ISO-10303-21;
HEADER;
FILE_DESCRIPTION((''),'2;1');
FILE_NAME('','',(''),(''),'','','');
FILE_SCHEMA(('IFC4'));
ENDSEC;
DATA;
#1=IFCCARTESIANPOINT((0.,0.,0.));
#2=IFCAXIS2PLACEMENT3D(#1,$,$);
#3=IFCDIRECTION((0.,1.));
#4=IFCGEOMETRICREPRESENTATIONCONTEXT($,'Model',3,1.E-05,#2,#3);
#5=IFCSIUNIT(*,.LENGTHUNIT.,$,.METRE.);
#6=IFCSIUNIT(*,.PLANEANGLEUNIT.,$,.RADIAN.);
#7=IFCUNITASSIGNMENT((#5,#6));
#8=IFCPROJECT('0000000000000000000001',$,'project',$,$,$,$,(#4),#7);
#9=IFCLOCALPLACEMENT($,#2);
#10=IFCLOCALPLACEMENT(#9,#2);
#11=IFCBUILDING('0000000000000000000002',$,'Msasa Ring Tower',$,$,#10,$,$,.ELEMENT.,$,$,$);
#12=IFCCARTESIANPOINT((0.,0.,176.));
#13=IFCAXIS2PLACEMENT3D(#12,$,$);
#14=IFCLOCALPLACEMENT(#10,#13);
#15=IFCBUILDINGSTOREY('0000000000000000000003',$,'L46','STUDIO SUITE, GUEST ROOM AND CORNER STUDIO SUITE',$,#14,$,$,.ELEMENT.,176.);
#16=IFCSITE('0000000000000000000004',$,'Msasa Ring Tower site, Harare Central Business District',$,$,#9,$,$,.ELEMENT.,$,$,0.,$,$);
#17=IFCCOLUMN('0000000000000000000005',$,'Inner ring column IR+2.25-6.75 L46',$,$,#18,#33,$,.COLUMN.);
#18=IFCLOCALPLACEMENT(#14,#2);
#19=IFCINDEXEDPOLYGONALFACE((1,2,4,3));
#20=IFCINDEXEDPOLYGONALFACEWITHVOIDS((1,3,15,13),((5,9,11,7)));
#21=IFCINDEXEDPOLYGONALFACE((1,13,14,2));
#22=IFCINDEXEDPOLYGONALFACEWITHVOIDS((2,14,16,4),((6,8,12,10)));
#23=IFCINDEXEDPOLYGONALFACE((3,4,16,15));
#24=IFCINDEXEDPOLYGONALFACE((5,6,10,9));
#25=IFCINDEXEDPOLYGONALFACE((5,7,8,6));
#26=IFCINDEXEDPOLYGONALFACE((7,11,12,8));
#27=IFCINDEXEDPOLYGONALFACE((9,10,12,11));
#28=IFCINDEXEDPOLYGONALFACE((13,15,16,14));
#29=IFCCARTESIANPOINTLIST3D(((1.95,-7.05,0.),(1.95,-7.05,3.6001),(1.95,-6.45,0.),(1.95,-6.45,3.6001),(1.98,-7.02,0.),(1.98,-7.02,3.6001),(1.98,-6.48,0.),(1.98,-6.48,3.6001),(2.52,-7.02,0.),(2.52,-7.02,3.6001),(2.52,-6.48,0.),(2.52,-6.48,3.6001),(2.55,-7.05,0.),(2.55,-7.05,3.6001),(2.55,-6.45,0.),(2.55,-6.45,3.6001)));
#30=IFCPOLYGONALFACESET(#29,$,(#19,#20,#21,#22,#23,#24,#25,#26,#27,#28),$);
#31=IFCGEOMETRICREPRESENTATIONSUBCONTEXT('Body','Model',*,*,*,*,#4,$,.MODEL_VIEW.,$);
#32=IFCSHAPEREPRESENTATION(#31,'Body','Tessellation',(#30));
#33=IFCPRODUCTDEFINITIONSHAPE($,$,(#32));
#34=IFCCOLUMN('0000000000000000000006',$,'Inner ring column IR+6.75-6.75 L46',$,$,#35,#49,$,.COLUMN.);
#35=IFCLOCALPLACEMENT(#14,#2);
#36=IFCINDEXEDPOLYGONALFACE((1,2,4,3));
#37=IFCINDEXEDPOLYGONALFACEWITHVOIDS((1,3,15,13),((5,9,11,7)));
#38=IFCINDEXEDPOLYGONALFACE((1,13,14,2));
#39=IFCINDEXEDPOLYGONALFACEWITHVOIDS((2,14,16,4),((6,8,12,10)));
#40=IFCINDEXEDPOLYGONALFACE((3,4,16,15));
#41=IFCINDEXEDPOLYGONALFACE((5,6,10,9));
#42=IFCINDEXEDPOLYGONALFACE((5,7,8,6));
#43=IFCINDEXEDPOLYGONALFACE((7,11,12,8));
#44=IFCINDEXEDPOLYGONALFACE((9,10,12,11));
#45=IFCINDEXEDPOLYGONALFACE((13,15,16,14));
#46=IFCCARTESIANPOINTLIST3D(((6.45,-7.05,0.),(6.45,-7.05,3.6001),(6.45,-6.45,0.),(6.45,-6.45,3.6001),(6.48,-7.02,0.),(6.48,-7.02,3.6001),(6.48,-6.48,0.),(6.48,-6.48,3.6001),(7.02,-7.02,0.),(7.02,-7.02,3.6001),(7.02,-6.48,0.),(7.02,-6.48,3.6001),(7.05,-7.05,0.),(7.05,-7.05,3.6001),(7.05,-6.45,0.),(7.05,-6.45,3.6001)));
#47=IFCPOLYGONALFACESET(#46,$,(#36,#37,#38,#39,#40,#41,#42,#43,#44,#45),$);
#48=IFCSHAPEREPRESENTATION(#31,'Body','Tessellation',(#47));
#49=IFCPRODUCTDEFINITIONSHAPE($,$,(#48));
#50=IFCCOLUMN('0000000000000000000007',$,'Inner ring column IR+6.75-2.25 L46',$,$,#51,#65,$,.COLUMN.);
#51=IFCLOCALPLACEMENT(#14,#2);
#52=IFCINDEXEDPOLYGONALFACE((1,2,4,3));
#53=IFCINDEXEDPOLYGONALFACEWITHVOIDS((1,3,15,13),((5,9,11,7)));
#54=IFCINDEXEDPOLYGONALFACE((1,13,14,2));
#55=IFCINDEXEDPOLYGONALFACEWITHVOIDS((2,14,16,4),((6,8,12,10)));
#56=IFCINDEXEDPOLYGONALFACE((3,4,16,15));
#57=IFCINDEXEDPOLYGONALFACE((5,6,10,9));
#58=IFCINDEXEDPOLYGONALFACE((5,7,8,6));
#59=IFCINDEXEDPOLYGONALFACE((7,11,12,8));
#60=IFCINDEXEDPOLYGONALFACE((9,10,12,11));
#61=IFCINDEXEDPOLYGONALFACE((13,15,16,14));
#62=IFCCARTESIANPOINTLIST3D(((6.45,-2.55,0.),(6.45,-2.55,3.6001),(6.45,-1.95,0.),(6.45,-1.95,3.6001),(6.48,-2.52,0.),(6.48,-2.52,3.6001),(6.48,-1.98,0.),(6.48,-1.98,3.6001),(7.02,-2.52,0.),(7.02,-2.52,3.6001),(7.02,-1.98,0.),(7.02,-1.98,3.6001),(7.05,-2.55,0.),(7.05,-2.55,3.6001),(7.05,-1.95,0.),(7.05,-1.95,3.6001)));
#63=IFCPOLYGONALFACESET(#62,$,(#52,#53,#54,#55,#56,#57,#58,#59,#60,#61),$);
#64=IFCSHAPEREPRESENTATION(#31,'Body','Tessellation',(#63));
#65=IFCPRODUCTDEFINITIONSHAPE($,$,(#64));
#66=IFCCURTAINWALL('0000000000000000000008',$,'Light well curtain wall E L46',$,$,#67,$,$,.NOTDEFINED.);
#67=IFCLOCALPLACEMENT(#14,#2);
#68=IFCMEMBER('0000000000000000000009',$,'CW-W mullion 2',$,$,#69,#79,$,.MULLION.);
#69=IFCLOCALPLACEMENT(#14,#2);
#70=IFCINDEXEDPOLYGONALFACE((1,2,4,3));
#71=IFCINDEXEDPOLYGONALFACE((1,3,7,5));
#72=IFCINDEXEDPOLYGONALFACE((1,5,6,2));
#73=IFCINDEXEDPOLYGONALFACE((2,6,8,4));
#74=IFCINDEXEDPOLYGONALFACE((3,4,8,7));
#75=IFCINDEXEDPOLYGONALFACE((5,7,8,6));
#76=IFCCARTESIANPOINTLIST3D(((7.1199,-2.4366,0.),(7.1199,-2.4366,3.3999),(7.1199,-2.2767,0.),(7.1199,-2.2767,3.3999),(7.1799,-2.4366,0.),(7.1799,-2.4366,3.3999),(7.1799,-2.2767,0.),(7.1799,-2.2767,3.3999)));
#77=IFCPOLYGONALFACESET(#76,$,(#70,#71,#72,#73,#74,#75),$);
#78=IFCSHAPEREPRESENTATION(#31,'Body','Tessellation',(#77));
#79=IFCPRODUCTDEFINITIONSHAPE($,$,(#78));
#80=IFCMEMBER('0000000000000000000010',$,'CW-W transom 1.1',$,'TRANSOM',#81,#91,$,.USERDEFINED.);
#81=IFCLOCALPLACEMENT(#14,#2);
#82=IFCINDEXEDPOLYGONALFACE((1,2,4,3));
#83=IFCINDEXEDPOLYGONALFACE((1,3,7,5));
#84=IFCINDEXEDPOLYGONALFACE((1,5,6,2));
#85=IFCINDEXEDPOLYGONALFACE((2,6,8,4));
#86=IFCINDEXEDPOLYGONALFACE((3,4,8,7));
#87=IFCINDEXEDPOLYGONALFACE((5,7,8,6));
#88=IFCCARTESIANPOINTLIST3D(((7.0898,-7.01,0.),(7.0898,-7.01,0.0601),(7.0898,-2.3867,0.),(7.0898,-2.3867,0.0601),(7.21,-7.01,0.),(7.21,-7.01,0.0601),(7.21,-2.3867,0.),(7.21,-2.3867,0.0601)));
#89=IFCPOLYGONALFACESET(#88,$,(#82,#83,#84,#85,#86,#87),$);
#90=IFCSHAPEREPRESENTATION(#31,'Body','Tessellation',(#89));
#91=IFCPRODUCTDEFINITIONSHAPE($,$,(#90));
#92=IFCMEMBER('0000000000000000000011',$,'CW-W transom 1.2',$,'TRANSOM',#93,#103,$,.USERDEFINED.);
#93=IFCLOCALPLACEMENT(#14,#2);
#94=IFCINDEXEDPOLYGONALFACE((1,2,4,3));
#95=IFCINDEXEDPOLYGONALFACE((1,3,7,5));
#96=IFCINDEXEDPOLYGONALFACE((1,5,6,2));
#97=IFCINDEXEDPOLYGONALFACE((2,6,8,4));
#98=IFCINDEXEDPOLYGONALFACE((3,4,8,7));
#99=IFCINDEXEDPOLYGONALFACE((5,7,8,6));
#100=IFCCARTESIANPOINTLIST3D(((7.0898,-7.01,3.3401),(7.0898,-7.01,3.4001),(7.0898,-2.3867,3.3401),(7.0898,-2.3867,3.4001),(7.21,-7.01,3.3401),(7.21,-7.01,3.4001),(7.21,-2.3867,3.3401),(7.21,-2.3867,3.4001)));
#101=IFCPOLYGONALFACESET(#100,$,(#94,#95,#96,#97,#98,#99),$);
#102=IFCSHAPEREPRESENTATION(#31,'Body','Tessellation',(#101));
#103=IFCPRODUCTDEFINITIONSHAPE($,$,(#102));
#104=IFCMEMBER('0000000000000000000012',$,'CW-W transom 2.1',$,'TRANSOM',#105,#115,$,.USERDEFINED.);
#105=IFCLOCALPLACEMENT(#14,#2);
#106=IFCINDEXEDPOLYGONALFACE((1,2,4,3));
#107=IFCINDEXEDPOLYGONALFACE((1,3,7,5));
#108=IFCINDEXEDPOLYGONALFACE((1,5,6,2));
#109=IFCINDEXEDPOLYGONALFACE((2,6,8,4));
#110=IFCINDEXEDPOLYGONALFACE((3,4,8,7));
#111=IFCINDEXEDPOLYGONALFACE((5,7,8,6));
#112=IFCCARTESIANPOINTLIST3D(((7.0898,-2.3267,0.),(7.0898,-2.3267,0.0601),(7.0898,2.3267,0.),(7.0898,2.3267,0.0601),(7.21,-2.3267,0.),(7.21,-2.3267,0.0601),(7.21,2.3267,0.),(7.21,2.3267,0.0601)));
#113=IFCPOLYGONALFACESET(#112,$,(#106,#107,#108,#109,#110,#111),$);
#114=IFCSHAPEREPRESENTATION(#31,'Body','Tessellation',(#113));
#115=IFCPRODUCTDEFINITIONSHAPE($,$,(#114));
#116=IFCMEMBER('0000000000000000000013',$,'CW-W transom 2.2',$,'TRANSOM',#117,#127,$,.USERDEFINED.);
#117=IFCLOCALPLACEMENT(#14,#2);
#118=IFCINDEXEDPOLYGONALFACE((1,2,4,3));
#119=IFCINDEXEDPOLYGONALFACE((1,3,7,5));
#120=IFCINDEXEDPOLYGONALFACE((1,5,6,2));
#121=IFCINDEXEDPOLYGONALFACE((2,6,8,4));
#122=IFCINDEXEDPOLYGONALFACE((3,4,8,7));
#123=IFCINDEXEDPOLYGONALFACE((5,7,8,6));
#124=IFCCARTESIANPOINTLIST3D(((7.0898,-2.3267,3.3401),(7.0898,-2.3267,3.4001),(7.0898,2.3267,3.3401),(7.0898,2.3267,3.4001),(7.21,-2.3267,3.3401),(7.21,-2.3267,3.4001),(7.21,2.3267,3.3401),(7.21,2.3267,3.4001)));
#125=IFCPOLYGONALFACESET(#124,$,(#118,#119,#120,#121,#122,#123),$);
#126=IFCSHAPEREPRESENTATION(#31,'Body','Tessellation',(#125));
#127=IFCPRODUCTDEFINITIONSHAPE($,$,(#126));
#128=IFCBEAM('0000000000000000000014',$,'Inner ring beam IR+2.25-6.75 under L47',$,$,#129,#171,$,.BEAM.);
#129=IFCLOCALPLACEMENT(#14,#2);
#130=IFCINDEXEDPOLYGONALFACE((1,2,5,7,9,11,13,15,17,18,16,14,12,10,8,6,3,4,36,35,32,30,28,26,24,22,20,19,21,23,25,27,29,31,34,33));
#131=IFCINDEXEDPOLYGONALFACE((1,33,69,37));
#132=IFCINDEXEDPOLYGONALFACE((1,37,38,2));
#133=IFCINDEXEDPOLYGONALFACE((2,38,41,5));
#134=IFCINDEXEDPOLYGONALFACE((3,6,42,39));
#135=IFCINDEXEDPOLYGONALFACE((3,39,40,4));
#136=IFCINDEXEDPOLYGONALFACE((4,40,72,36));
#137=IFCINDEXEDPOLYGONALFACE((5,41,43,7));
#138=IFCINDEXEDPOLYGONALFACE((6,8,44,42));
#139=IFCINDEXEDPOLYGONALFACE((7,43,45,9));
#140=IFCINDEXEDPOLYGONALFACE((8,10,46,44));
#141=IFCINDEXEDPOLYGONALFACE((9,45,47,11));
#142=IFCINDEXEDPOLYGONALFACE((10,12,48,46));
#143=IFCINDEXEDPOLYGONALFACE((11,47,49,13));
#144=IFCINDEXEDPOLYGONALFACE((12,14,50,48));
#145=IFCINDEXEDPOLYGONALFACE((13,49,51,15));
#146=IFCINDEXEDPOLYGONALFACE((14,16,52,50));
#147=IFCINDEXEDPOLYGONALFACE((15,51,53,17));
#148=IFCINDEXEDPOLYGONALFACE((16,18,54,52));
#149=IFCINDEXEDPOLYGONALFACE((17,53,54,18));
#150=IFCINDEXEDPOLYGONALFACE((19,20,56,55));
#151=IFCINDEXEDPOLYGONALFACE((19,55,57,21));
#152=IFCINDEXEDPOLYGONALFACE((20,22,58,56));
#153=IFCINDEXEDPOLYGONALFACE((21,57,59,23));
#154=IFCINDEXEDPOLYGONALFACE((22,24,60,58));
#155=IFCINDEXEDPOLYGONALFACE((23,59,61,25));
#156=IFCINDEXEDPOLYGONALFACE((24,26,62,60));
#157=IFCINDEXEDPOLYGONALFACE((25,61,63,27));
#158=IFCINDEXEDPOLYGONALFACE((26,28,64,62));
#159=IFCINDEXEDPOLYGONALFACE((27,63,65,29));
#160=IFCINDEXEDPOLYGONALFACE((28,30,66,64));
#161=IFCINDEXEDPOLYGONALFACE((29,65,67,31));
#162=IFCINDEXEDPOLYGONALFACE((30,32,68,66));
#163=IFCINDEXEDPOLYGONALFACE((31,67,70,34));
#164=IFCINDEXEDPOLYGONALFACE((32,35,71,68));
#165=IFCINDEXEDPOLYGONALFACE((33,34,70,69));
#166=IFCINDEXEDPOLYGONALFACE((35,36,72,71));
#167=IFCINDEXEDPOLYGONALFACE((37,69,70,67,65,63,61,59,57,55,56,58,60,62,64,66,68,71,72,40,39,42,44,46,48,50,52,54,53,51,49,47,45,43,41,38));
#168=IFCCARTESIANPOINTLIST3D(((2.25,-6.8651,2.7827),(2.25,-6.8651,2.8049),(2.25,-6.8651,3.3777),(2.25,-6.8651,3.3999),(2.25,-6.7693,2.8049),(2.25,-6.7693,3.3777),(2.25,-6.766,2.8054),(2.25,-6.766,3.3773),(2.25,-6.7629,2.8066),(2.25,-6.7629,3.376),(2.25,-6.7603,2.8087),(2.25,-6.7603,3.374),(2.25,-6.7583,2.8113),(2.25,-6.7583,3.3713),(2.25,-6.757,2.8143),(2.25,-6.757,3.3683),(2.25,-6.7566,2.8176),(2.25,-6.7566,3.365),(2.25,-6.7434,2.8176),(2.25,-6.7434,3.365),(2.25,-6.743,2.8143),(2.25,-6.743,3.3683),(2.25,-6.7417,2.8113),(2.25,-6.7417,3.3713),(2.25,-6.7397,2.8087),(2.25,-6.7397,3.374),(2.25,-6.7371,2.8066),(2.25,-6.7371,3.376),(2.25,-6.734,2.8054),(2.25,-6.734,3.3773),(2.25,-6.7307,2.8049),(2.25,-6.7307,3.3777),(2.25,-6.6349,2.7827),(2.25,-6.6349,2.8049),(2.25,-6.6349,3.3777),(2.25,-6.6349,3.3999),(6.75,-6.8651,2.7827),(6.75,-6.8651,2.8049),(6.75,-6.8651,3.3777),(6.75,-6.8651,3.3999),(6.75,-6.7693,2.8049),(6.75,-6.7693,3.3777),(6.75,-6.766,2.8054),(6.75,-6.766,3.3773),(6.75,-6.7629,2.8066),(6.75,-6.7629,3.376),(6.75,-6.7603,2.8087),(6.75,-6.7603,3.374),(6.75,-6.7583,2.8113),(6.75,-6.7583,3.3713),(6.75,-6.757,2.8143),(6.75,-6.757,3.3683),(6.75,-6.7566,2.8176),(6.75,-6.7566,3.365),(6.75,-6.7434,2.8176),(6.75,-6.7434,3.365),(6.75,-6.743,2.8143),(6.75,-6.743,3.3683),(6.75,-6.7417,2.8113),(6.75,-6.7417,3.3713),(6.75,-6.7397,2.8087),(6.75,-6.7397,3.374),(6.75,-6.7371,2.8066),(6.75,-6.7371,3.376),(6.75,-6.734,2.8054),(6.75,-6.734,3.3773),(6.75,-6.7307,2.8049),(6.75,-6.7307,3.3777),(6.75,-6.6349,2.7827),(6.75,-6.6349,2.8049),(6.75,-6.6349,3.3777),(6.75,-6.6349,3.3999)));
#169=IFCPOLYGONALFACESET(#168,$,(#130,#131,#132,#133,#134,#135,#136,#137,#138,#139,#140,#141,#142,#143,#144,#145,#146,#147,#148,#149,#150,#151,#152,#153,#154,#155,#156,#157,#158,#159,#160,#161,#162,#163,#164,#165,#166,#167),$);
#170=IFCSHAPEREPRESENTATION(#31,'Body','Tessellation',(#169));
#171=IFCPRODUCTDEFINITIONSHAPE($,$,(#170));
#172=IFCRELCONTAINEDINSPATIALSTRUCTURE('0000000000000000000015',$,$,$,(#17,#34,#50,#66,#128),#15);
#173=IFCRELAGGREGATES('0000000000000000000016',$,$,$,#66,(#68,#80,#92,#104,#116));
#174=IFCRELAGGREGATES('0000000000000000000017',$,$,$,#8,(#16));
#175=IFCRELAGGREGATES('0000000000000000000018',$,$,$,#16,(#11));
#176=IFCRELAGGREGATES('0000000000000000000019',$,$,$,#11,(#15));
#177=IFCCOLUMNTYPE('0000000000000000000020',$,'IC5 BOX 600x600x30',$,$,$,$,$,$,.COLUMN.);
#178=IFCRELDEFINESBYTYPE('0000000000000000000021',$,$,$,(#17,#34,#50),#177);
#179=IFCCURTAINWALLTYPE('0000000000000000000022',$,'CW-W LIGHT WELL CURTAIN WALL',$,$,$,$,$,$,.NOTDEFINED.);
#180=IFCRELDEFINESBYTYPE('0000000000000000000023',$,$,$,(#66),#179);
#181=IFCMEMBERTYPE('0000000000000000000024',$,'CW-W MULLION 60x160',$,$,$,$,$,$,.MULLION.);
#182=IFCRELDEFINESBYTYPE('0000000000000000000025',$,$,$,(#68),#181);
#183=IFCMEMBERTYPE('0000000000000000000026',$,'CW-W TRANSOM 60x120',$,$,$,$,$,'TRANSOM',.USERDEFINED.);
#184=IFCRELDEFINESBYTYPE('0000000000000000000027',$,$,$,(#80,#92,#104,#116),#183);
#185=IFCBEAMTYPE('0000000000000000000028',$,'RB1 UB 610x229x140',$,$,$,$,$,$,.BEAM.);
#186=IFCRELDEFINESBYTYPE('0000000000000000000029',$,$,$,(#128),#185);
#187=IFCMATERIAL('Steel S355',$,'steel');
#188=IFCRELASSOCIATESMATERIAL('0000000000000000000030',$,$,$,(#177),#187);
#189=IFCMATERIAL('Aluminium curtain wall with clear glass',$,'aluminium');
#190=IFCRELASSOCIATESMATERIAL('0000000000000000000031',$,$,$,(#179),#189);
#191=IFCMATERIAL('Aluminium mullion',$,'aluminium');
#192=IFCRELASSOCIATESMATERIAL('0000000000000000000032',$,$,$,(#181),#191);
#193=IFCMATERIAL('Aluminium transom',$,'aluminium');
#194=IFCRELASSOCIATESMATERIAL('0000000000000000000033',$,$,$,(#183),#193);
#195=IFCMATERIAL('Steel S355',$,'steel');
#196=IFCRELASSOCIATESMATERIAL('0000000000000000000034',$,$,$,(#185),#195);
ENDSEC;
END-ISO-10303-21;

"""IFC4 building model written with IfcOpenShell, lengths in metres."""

from ifc_helpers import new_model, si_unit, direction, frame, origin, origin_2d, place, context, subcontext, project, spatial, rectangle, hollow_rectangle, i_section, extrude, material, material_profile, profile_set, type_object, element, aggregate, save


model = new_model("IFC4")

# Units and contexts
model_context = context("Model", 3, precision=1e-05, world=origin(), true_north=direction((0.0, 1.0)))
body_context = subcontext(model_context, "Body", "Model", "MODEL_VIEW")
ifc_project = project(units=[si_unit("LENGTHUNIT", "METRE"), si_unit("PLANEANGLEUNIT", "RADIAN")], contexts=[model_context])

# Site, building, storey
site_placement = place(None, origin())
site = spatial("IfcSite", under=ifc_project, at=site_placement, Name="Msasa Ring Tower site, Harare Central Business District", CompositionType="ELEMENT", RefElevation=0.0)
building_placement = place(site_placement, origin())
building = spatial("IfcBuilding", under=site, at=building_placement, Name="Msasa Ring Tower", CompositionType="ELEMENT")
storey_placement = place(building_placement, frame((0.0, 0.0, 176.0)))
storey = spatial("IfcBuildingStorey", under=building, at=storey_placement, Name="L46", Description="STUDIO SUITE, GUEST ROOM AND CORNER STUDIO SUITE", CompositionType="ELEMENT", Elevation=176.0)

# Columns
ifc_material_1 = material(Name="Steel S355", Category="steel")
ifc_material_profile_1 = material_profile(ifc_material_1, hollow_rectangle(XDim=0.6001, YDim=0.6001, WallThickness=0.03, at=origin_2d()), Name="BOX 600x600x30")
ifc_profile_set_1 = profile_set([ifc_material_profile_1], Name="Steel S355")
column_type = type_object("IfcColumnType", Name="IC5 BOX 600x600x30", PredefinedType="COLUMN", material=ifc_profile_set_1)
for number, where, z_axis, x_axis, name in (
    (1, (2.25, -6.75, 0.0), (0.0, 0.0, 1.0), (1.0, 0.0, 0.0), "Inner ring column IR+2.25-6.75 L46"),
    (2, (6.75, -6.75, 0.0), (0.0, 0.0, 1.0), (1.0, 0.0, 0.0), "Inner ring column IR+6.75-6.75 L46"),
    (3, (6.75, -2.25, 0.0), (0.0, 0.0, 1.0), (1.0, 0.0, 0.0), "Inner ring column IR+6.75-2.25 L46"),
):
    element("IfcColumn", number, at=place(storey_placement, frame(where, z_axis=z_axis, x_axis=x_axis)), inside=storey, type_object=column_type, Name=name, PredefinedType="COLUMN", context=body_context, shape_type="SweptSolid", body=[
        extrude(hollow_rectangle(XDim=0.6001, YDim=0.6001, WallThickness=0.03, at=origin_2d()), origin(), (0.0, 0.0, 1.0), 3.6001),
    ])

# Curtain wall, members
ifc_material_2 = material(Name="Aluminium curtain wall with clear glass", Category="aluminium")
curtain_wall_type = type_object("IfcCurtainWallType", Name="CW-W LIGHT WELL CURTAIN WALL", PredefinedType="NOTDEFINED", material=ifc_material_2)
curtain_wall_placement = place(storey_placement, origin())
curtain_wall = element("IfcCurtainWall", 4, at=curtain_wall_placement, inside=storey, type_object=curtain_wall_type, Name="Light well curtain wall E L46", PredefinedType="NOTDEFINED")
ifc_material_3 = material(Name="Aluminium mullion", Category="aluminium")
ifc_material_profile_2 = material_profile(ifc_material_3, rectangle(XDim=0.0601, YDim=0.1599, at=origin_2d()), Name="AL 60x160")
ifc_profile_set_2 = profile_set([ifc_material_profile_2], Name="Aluminium mullion")
member_type_1 = type_object("IfcMemberType", Name="CW-W MULLION 60x160", PredefinedType="MULLION", material=ifc_profile_set_2)
member_1_placement = place(storey_placement, frame((7.1499, -2.3567, 0.0), z_axis=(0.0, 0.0, 1.0), x_axis=(-1.0, 0.0, 0.0)))
member_1 = element("IfcMember", 5, at=member_1_placement, type_object=member_type_1, Name="CW-W mullion 2", PredefinedType="MULLION", context=body_context, shape_type="SweptSolid", body=[
    extrude(rectangle(XDim=0.0601, YDim=0.1599, at=origin_2d()), origin(), (0.0, 0.0, 1.0), 3.3999),
])
ifc_material_4 = material(Name="Aluminium transom", Category="aluminium")
ifc_material_profile_3 = material_profile(ifc_material_4, rectangle(XDim=0.1201, YDim=0.0601, at=origin_2d()), Name="AL 60x120")
ifc_profile_set_3 = profile_set([ifc_material_profile_3], Name="Aluminium transom")
member_type_2 = type_object("IfcMemberType", Name="CW-W TRANSOM 60x120", ElementType="TRANSOM", PredefinedType="USERDEFINED", material=ifc_profile_set_3)
member_2_placement = place(storey_placement, frame((7.1499, -7.01, 0.03), z_axis=(0.0, 1.0, 0.0), x_axis=(-1.0, 0.0, 0.0)))
member_2 = element("IfcMember", 6, at=member_2_placement, type_object=member_type_2, Name="CW-W transom 1.1", ObjectType="TRANSOM", PredefinedType="USERDEFINED", context=body_context, shape_type="SweptSolid", body=[
    extrude(rectangle(XDim=0.1201, YDim=0.0601, at=origin_2d()), origin(), (0.0, 0.0, 1.0), 4.6233),
])
member_3_placement = place(storey_placement, frame((7.1499, -7.01, 3.3701), z_axis=(0.0, 1.0, 0.0), x_axis=(-1.0, 0.0, 0.0)))
member_3 = element("IfcMember", 7, at=member_3_placement, type_object=member_type_2, Name="CW-W transom 1.2", ObjectType="TRANSOM", PredefinedType="USERDEFINED", context=body_context, shape_type="SweptSolid", body=[
    extrude(rectangle(XDim=0.1201, YDim=0.0601, at=origin_2d()), origin(), (0.0, 0.0, 1.0), 4.6233),
])
member_4_placement = place(storey_placement, frame((7.1499, -2.3267, 0.03), z_axis=(0.0, 1.0, 0.0), x_axis=(-1.0, 0.0, 0.0)))
member_4 = element("IfcMember", 8, at=member_4_placement, type_object=member_type_2, Name="CW-W transom 2.1", ObjectType="TRANSOM", PredefinedType="USERDEFINED", context=body_context, shape_type="SweptSolid", body=[
    extrude(rectangle(XDim=0.1201, YDim=0.0601, at=origin_2d()), origin(), (0.0, 0.0, 1.0), 4.6533),
])
member_5_placement = place(storey_placement, frame((7.1499, -2.3267, 3.3701), z_axis=(0.0, 1.0, 0.0), x_axis=(-1.0, 0.0, 0.0)))
member_5 = element("IfcMember", 9, at=member_5_placement, type_object=member_type_2, Name="CW-W transom 2.2", ObjectType="TRANSOM", PredefinedType="USERDEFINED", context=body_context, shape_type="SweptSolid", body=[
    extrude(rectangle(XDim=0.1201, YDim=0.0601, at=origin_2d()), origin(), (0.0, 0.0, 1.0), 4.6533),
])

# Beam
ifc_material_5 = material(Name="Steel S355", Category="steel")
ifc_material_profile_4 = material_profile(ifc_material_5, i_section(OverallWidth=0.2302, OverallDepth=0.6172, WebThickness=0.0132, FlangeThickness=0.0222, FilletRadius=0.0127, at=origin_2d()), Name="UB 610x229x140")
ifc_profile_set_4 = profile_set([ifc_material_profile_4], Name="Steel S355")
beam_type = type_object("IfcBeamType", Name="RB1 UB 610x229x140", PredefinedType="BEAM", material=ifc_profile_set_4)
for number, where, z_axis, x_axis, name in (
    (10, (2.25, -6.75, 3.0913), (1.0, 0.0, 0.0), (0.0, 1.0, 0.0), "Inner ring beam IR+2.25-6.75 under L47"),
):
    element("IfcBeam", number, at=place(storey_placement, frame(where, z_axis=z_axis, x_axis=x_axis)), inside=storey, type_object=beam_type, Name=name, PredefinedType="BEAM", context=body_context, shape_type="SweptSolid", body=[
        extrude(i_section(OverallWidth=0.2302, OverallDepth=0.6172, WebThickness=0.0132, FlangeThickness=0.0222, FilletRadius=0.0127, at=origin_2d()), origin(), (0.0, 0.0, 1.0), 4.5),
    ])

aggregate(curtain_wall, [member_1, member_2, member_3, member_4, member_5])

save(model, "model.ifc")
